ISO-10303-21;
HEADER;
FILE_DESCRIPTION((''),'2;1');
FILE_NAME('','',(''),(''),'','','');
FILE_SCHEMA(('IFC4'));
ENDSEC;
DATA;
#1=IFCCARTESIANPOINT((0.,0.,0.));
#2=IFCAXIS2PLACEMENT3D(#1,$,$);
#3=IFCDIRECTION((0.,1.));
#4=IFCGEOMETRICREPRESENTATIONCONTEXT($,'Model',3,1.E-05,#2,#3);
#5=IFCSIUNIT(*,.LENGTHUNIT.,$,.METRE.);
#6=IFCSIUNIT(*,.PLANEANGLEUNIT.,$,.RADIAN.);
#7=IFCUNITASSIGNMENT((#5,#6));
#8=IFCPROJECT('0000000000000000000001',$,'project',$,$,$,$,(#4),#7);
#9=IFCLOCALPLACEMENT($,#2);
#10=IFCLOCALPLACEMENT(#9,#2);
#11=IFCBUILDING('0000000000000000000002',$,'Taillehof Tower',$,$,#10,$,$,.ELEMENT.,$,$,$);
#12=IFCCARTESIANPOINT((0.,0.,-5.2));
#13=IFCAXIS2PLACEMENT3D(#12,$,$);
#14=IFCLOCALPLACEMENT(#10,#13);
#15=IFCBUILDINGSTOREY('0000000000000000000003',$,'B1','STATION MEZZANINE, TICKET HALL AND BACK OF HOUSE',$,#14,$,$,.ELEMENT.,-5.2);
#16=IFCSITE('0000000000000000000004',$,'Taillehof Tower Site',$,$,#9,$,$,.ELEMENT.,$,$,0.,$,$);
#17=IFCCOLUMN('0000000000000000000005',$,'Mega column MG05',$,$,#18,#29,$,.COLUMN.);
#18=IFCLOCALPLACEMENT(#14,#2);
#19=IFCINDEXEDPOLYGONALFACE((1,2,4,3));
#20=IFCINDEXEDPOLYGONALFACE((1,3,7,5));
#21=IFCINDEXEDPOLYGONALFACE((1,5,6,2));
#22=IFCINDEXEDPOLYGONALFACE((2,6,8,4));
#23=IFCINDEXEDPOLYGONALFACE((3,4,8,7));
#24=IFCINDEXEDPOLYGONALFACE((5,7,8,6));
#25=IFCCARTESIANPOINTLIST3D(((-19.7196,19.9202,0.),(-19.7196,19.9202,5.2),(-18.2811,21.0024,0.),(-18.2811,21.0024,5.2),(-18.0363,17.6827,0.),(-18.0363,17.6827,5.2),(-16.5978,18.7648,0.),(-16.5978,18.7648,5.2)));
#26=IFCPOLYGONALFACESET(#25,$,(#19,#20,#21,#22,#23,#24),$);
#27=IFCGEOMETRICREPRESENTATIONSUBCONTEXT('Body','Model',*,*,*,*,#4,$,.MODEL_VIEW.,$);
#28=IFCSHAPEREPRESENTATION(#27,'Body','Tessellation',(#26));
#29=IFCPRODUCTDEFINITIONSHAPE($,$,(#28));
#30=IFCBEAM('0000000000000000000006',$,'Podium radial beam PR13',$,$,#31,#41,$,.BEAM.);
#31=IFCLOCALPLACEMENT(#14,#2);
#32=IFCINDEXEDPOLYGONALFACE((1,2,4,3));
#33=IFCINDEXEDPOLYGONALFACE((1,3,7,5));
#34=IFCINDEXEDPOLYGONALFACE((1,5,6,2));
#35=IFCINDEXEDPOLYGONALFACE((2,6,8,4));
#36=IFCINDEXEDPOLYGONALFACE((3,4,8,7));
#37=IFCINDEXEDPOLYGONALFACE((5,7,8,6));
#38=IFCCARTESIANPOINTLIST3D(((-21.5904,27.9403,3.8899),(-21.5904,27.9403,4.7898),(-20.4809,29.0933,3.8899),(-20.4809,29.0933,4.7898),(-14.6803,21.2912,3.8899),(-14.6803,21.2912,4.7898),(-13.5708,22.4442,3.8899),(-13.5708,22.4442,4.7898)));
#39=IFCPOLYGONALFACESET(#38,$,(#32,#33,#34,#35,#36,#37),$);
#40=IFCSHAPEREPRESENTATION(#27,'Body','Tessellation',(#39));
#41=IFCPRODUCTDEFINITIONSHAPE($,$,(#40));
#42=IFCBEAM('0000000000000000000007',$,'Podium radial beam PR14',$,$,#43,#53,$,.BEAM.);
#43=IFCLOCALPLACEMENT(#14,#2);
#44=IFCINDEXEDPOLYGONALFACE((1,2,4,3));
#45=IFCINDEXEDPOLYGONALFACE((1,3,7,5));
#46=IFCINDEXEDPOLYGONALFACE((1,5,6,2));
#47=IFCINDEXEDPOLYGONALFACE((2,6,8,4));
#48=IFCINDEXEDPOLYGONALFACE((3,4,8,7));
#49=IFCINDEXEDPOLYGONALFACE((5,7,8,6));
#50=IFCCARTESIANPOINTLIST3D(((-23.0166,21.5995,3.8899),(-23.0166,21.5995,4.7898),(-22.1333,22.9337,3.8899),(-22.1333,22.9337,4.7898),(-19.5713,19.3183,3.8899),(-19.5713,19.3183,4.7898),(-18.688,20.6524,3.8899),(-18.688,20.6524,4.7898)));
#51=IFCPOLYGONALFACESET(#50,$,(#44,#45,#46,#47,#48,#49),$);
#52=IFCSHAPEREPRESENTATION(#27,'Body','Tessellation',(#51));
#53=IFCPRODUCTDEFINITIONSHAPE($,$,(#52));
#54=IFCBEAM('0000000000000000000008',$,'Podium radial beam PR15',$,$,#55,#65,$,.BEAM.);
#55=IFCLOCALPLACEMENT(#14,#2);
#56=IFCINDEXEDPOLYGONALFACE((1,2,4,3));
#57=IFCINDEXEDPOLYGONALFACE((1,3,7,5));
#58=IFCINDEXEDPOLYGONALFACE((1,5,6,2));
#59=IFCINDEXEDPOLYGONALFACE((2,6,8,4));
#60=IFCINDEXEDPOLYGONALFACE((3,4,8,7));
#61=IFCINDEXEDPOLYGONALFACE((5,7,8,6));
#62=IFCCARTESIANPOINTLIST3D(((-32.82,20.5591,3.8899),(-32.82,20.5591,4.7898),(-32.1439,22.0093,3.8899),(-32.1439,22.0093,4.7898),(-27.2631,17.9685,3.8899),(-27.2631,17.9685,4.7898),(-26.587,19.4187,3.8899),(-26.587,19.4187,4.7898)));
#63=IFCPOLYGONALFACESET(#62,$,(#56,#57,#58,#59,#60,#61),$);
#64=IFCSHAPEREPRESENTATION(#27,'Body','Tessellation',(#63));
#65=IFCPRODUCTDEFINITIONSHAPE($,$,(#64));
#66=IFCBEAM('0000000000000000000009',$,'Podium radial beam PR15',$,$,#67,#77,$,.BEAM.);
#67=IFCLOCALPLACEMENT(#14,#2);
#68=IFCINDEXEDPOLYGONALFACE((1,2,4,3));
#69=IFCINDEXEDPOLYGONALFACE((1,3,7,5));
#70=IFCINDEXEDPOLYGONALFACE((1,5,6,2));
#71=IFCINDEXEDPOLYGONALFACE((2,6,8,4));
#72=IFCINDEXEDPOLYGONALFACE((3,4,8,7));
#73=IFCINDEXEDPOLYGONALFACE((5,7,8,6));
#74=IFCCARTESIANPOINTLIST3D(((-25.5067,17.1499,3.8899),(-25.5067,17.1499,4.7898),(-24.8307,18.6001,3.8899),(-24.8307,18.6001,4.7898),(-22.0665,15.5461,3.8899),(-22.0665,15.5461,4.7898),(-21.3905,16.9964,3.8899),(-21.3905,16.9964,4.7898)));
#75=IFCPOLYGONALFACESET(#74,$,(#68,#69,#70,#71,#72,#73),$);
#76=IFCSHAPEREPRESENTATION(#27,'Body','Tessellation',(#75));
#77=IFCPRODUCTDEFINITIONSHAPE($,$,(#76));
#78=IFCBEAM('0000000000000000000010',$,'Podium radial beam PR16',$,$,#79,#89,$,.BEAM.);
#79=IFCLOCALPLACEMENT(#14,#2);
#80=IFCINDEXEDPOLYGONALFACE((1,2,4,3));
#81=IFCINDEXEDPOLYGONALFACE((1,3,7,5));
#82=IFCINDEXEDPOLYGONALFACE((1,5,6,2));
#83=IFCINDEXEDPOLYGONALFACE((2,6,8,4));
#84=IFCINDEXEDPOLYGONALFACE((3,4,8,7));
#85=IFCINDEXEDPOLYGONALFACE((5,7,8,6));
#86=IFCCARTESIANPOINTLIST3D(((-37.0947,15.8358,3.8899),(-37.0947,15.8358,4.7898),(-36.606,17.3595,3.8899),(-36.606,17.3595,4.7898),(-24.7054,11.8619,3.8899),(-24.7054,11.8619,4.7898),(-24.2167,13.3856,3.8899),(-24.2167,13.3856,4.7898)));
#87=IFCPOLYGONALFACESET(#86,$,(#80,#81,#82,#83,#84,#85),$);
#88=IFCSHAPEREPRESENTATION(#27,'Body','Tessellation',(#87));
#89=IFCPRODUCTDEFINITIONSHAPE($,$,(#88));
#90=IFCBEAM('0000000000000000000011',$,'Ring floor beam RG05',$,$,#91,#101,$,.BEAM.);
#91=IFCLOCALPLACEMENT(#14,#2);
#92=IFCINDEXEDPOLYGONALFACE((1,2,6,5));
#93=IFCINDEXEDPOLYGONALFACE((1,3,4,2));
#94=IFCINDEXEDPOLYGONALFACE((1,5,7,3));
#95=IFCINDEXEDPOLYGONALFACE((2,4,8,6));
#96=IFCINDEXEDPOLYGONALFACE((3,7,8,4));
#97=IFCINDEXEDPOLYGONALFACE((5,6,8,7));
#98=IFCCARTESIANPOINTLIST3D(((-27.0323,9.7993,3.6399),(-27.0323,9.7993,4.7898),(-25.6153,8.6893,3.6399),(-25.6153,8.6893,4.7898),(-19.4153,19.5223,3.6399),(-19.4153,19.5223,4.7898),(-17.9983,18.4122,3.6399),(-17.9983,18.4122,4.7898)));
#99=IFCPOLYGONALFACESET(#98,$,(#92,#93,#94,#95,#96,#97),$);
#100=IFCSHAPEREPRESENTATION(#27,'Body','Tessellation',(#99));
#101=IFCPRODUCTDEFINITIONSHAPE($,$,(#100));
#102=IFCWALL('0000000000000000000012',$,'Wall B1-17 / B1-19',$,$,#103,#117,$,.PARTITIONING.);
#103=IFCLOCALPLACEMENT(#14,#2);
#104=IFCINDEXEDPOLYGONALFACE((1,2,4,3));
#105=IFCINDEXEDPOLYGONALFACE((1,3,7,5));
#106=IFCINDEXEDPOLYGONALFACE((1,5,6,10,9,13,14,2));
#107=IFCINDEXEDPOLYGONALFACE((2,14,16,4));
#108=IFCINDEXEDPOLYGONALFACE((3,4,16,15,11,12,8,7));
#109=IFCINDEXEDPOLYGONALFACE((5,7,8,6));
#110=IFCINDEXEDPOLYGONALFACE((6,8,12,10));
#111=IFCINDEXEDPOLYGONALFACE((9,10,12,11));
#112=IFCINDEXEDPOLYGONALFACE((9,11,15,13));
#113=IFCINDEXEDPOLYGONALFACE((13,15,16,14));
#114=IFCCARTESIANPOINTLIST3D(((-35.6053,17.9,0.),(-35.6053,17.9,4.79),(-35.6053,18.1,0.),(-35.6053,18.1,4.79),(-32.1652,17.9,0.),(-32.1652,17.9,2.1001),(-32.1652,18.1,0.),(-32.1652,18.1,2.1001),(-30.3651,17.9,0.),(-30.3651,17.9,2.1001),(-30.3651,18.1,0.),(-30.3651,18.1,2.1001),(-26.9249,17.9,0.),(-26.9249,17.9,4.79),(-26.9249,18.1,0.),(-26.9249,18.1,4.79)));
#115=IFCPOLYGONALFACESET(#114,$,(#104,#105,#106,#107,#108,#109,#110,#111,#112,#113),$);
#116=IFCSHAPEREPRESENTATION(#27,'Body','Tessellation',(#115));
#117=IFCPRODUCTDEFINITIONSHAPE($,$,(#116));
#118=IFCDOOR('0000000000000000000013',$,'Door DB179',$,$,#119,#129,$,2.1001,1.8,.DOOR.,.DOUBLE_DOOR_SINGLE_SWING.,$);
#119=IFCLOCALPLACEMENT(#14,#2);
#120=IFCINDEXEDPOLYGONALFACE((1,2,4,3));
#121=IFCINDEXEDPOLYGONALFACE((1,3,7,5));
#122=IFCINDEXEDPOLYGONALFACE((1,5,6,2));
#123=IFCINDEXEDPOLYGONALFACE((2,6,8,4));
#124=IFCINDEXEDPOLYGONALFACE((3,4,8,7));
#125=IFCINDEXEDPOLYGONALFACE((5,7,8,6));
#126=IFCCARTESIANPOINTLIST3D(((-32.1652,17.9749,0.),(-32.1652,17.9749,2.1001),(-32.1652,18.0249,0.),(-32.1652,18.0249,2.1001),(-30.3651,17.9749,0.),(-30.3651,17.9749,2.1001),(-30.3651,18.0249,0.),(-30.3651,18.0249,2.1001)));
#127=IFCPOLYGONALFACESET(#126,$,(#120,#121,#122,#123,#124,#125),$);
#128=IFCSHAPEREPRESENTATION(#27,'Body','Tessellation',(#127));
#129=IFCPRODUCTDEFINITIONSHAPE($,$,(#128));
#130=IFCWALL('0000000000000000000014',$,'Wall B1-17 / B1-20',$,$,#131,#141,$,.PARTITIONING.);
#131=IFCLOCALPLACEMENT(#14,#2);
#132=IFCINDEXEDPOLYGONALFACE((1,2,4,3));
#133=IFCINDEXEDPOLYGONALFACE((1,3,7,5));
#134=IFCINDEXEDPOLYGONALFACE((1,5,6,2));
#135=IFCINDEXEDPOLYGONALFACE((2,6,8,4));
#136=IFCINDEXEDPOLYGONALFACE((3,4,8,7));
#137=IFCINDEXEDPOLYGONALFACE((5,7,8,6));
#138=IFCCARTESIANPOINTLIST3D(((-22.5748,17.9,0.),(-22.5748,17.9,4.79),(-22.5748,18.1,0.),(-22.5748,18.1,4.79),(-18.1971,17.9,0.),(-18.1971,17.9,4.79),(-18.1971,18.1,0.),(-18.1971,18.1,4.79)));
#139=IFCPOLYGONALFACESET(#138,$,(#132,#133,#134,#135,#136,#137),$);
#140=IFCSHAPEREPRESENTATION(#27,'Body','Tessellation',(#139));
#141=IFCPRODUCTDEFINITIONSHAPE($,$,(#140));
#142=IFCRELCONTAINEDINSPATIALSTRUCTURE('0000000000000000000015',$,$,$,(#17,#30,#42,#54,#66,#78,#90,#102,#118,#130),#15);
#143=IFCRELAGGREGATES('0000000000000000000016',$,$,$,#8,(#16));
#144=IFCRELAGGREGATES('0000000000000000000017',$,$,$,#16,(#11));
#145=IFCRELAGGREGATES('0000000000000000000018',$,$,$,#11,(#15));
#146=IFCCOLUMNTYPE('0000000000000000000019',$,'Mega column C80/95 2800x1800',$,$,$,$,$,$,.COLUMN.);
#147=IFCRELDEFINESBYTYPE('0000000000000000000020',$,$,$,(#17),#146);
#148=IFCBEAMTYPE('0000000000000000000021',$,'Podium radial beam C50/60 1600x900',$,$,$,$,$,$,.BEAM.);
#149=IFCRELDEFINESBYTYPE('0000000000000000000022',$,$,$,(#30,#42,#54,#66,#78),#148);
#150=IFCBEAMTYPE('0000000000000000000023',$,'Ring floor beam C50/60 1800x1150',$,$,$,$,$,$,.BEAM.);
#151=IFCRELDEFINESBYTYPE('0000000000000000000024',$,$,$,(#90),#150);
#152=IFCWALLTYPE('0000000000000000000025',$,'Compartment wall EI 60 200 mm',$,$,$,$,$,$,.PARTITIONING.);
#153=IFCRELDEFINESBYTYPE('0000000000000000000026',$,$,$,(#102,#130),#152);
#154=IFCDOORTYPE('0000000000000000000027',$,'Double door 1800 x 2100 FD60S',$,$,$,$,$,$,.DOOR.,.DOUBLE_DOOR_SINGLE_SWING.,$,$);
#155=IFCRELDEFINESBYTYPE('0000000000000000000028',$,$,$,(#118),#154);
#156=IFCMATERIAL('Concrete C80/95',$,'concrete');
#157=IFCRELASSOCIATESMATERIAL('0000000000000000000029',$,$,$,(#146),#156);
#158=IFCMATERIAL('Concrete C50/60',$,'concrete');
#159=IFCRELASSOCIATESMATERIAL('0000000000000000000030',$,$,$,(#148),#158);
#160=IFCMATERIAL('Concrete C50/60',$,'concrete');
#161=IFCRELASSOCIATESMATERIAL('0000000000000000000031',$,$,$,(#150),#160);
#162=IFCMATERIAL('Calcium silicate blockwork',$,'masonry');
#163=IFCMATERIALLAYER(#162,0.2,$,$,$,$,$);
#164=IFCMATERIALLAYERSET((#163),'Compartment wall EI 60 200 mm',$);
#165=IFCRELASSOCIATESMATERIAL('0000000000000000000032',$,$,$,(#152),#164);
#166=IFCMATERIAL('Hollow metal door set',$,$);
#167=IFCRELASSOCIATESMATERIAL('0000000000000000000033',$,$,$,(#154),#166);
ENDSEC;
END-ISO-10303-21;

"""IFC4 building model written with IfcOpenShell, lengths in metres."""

from ifc_helpers import new_model, si_unit, direction, frame, frame_2d, origin, origin_2d, place, context, subcontext, project, spatial, rectangle, extrude, material, layer, layer_set, material_profile, profile_set, type_object, element, fill, save


model = new_model("IFC4")

# Units and contexts
model_context = context("Model", 3, precision=1e-05, world=origin(), true_north=direction((0.0, 1.0)))
body_context = subcontext(model_context, "Body", "Model", "MODEL_VIEW")
ifc_project = project(units=[si_unit("LENGTHUNIT", "METRE"), si_unit("PLANEANGLEUNIT", "RADIAN")], contexts=[model_context])

# Site, building, storey
site_placement = place(None, origin())
site = spatial("IfcSite", under=ifc_project, at=site_placement, Name="Taillehof Tower Site", CompositionType="ELEMENT", RefElevation=0.0)
building_placement = place(site_placement, origin())
building = spatial("IfcBuilding", under=site, at=building_placement, Name="Taillehof Tower", CompositionType="ELEMENT")
storey_placement = place(building_placement, frame((0.0, 0.0, -5.2)))
storey = spatial("IfcBuildingStorey", under=building, at=storey_placement, Name="B1", Description="STATION MEZZANINE, TICKET HALL AND BACK OF HOUSE", CompositionType="ELEMENT", Elevation=-5.2)

# Column
ifc_material_1 = material(Name="Concrete C80/95", Category="concrete")
ifc_material_profile_1 = material_profile(ifc_material_1, rectangle(XDim=2.8, YDim=1.8, at=origin_2d()), Name="RC 2800x1800")
ifc_profile_set_1 = profile_set([ifc_material_profile_1], Name="Concrete C80/95")
column_type = type_object("IfcColumnType", Name="Mega column C80/95 2800x1800", PredefinedType="COLUMN", material=ifc_profile_set_1)
column_placement = place(storey_placement, frame((-18.1587, 19.3425, 0.0), z_axis=(0.0, 0.0, 1.0), x_axis=(-0.601174, 0.799118, 0.0)))
element("IfcColumn", 1, at=column_placement, inside=storey, type_object=column_type, Name="Mega column MG05", PredefinedType="COLUMN", context=body_context, shape_type="SweptSolid", body=[
    extrude(rectangle(XDim=2.8, YDim=1.8, at=origin_2d()), origin(), (0.0, 0.0, 1.0), 5.2),
])

# Beams
ifc_material_2 = material(Name="Concrete C50/60", Category="concrete")
ifc_material_profile_2 = material_profile(ifc_material_2, rectangle(XDim=1.6001, YDim=0.8999, at=origin_2d()), Name="RC 1600x900")
ifc_profile_set_2 = profile_set([ifc_material_profile_2], Name="Concrete C50/60")
beam_type_1 = type_object("IfcBeamType", Name="Podium radial beam C50/60 1600x900", PredefinedType="BEAM", material=ifc_profile_set_2)
beam_1_placement = place(storey_placement, frame((-21.0356, 28.5168, 4.3398), z_axis=(0.720584, -0.693368, 0.0), x_axis=(0.693368, 0.720584, 0.0)))
element("IfcBeam", 2, at=beam_1_placement, inside=storey, type_object=beam_type_1, Name="Podium radial beam PR13", PredefinedType="BEAM", context=body_context, shape_type="SweptSolid", body=[
    extrude(rectangle(XDim=1.6001, YDim=0.8999, at=origin_2d()), origin(), (0.0, 0.0, 1.0), 9.5896),
])
beam_2_placement = place(storey_placement, frame((-22.575, 22.2666, 4.3398), z_axis=(0.833791, -0.55208, 0.0), x_axis=(0.55208, 0.833791, 0.0)))
element("IfcBeam", 3, at=beam_2_placement, inside=storey, type_object=beam_type_1, Name="Podium radial beam PR14", PredefinedType="BEAM", context=body_context, shape_type="SweptSolid", body=[
    extrude(rectangle(XDim=1.6001, YDim=0.8999, at=origin_2d()), origin(), (0.0, 0.0, 1.0), 4.1321),
])
beam_3_placement = place(storey_placement, frame((-32.4819, 21.2842, 4.3398), z_axis=(0.906348, -0.422532, 0.0), x_axis=(0.422532, 0.906348, 0.0)))
element("IfcBeam", 4, at=beam_3_placement, inside=storey, type_object=beam_type_1, Name="Podium radial beam PR15", PredefinedType="BEAM", context=body_context, shape_type="SweptSolid", body=[
    extrude(rectangle(XDim=1.6001, YDim=0.8999, at=origin_2d()), origin(), (0.0, 0.0, 1.0), 6.1311),
])
beam_4_placement = place(storey_placement, frame((-25.1687, 17.875, 4.3398), z_axis=(0.906351, -0.422526, 0.0), x_axis=(0.422526, 0.906351, 0.0)))
element("IfcBeam", 5, at=beam_4_placement, inside=storey, type_object=beam_type_1, Name="Podium radial beam PR15", PredefinedType="BEAM", context=body_context, shape_type="SweptSolid", body=[
    extrude(rectangle(XDim=1.6001, YDim=0.8999, at=origin_2d()), origin(), (0.0, 0.0, 1.0), 3.7957),
])
beam_5_placement = place(storey_placement, frame((-36.8503, 16.5977, 4.3398), z_axis=(0.952215, -0.305427, 0.0), x_axis=(0.305427, 0.952215, 0.0)))
element("IfcBeam", 6, at=beam_5_placement, inside=storey, type_object=beam_type_1, Name="Podium radial beam PR16", PredefinedType="BEAM", context=body_context, shape_type="SweptSolid", body=[
    extrude(rectangle(XDim=1.6001, YDim=0.8999, at=origin_2d()), origin(), (0.0, 0.0, 1.0), 13.011),
])
ifc_material_3 = material(Name="Concrete C50/60", Category="concrete")
ifc_material_profile_3 = material_profile(ifc_material_3, rectangle(XDim=1.8, YDim=1.1499, at=origin_2d()), Name="RC 1800x1150")
ifc_profile_set_3 = profile_set([ifc_material_profile_3], Name="Concrete C50/60")
beam_type_2 = type_object("IfcBeamType", Name="Ring floor beam C50/60 1800x1150", PredefinedType="BEAM", material=ifc_profile_set_3)
beam_6_placement = place(storey_placement, frame((-18.7068, 18.9673, 4.2148), z_axis=(-0.616696, -0.787202, 0.0), x_axis=(0.787202, -0.616696, 0.0)))
element("IfcBeam", 7, at=beam_6_placement, inside=storey, type_object=beam_type_2, Name="Ring floor beam RG05", PredefinedType="BEAM", context=body_context, shape_type="SweptSolid", body=[
    extrude(rectangle(XDim=1.8, YDim=1.1499, at=origin_2d()), origin(), (0.0, 0.0, 1.0), 12.3513),
])

# Wall, opening, door
ifc_material_4 = material(Name="Calcium silicate blockwork", Category="masonry")
ifc_layer_1 = layer(ifc_material_4, 0.2)
ifc_layer_set_1 = layer_set([ifc_layer_1], Name="Compartment wall EI 60 200 mm")
wall_type_1 = type_object("IfcWallType", Name="Compartment wall EI 60 200 mm", PredefinedType="PARTITIONING", material=ifc_layer_set_1)
wall_1_placement = place(storey_placement, frame((-35.6055, 18.0, 0.0), z_axis=(0.0, 0.0, 1.0), x_axis=(1.0, 0.0, 0.0)))
wall_1 = element("IfcWall", 8, at=wall_1_placement, inside=storey, type_object=wall_type_1, Name="Wall B1-17 / B1-19", PredefinedType="PARTITIONING", context=body_context, shape_type="SweptSolid", body=[
    extrude(rectangle(XDim=8.6804, YDim=0.2, at=frame_2d((4.3403, 0.0))), origin(), (0.0, 0.0, 1.0), 4.79),
])
opening_1_placement = place(wall_1_placement, frame((3.4404, 0.0, 0.0)))
opening_1 = element("IfcOpeningElement", 9, at=opening_1_placement, cuts=wall_1, PredefinedType="OPENING", context=body_context, shape_type="SweptSolid", body=[
    extrude(rectangle(XDim=1.8, YDim=2.1001, at=frame_2d((0.8999, 1.05))), frame((0.0, 0.1099, 0.0), z_axis=(0.0, -1.0, 0.0), x_axis=(1.0, 0.0, 0.0)), (0.0, 0.0, 1.0), 0.22),
])
ifc_material_5 = material(Name="Hollow metal door set")
door_type_1 = type_object("IfcDoorType", Name="Double door 1800 x 2100 FD60S", OperationType="DOUBLE_DOOR_SINGLE_SWING", PredefinedType="DOOR", material=ifc_material_5)
door_1_placement = place(opening_1_placement, origin())
door_1 = element("IfcDoor", 10, at=door_1_placement, inside=storey, type_object=door_type_1, Name="Door DB179", OperationType="DOUBLE_DOOR_SINGLE_SWING", OverallHeight=2.1001, OverallWidth=1.8, PredefinedType="DOOR", context=body_context, shape_type="SweptSolid", body=[
    extrude(rectangle(XDim=1.8, YDim=2.1001, at=frame_2d((0.8999, 1.05))), frame((0.0, 0.0249, 0.0), z_axis=(0.0, -1.0, 0.0), x_axis=(1.0, 0.0, 0.0)), (0.0, 0.0, 1.0), 0.05),
])
fill(opening_1, door_1)

# Wall
wall_2_placement = place(storey_placement, frame((-22.575, 18.0, 0.0), z_axis=(0.0, 0.0, 1.0), x_axis=(1.0, 0.0, 0.0)))
element("IfcWall", 11, at=wall_2_placement, inside=storey, type_object=wall_type_1, Name="Wall B1-17 / B1-20", PredefinedType="PARTITIONING", context=body_context, shape_type="SweptSolid", body=[
    extrude(rectangle(XDim=4.3777, YDim=0.2, at=frame_2d((2.189, 0.0))), origin(), (0.0, 0.0, 1.0), 4.79),
])

save(model, "model.ifc")
